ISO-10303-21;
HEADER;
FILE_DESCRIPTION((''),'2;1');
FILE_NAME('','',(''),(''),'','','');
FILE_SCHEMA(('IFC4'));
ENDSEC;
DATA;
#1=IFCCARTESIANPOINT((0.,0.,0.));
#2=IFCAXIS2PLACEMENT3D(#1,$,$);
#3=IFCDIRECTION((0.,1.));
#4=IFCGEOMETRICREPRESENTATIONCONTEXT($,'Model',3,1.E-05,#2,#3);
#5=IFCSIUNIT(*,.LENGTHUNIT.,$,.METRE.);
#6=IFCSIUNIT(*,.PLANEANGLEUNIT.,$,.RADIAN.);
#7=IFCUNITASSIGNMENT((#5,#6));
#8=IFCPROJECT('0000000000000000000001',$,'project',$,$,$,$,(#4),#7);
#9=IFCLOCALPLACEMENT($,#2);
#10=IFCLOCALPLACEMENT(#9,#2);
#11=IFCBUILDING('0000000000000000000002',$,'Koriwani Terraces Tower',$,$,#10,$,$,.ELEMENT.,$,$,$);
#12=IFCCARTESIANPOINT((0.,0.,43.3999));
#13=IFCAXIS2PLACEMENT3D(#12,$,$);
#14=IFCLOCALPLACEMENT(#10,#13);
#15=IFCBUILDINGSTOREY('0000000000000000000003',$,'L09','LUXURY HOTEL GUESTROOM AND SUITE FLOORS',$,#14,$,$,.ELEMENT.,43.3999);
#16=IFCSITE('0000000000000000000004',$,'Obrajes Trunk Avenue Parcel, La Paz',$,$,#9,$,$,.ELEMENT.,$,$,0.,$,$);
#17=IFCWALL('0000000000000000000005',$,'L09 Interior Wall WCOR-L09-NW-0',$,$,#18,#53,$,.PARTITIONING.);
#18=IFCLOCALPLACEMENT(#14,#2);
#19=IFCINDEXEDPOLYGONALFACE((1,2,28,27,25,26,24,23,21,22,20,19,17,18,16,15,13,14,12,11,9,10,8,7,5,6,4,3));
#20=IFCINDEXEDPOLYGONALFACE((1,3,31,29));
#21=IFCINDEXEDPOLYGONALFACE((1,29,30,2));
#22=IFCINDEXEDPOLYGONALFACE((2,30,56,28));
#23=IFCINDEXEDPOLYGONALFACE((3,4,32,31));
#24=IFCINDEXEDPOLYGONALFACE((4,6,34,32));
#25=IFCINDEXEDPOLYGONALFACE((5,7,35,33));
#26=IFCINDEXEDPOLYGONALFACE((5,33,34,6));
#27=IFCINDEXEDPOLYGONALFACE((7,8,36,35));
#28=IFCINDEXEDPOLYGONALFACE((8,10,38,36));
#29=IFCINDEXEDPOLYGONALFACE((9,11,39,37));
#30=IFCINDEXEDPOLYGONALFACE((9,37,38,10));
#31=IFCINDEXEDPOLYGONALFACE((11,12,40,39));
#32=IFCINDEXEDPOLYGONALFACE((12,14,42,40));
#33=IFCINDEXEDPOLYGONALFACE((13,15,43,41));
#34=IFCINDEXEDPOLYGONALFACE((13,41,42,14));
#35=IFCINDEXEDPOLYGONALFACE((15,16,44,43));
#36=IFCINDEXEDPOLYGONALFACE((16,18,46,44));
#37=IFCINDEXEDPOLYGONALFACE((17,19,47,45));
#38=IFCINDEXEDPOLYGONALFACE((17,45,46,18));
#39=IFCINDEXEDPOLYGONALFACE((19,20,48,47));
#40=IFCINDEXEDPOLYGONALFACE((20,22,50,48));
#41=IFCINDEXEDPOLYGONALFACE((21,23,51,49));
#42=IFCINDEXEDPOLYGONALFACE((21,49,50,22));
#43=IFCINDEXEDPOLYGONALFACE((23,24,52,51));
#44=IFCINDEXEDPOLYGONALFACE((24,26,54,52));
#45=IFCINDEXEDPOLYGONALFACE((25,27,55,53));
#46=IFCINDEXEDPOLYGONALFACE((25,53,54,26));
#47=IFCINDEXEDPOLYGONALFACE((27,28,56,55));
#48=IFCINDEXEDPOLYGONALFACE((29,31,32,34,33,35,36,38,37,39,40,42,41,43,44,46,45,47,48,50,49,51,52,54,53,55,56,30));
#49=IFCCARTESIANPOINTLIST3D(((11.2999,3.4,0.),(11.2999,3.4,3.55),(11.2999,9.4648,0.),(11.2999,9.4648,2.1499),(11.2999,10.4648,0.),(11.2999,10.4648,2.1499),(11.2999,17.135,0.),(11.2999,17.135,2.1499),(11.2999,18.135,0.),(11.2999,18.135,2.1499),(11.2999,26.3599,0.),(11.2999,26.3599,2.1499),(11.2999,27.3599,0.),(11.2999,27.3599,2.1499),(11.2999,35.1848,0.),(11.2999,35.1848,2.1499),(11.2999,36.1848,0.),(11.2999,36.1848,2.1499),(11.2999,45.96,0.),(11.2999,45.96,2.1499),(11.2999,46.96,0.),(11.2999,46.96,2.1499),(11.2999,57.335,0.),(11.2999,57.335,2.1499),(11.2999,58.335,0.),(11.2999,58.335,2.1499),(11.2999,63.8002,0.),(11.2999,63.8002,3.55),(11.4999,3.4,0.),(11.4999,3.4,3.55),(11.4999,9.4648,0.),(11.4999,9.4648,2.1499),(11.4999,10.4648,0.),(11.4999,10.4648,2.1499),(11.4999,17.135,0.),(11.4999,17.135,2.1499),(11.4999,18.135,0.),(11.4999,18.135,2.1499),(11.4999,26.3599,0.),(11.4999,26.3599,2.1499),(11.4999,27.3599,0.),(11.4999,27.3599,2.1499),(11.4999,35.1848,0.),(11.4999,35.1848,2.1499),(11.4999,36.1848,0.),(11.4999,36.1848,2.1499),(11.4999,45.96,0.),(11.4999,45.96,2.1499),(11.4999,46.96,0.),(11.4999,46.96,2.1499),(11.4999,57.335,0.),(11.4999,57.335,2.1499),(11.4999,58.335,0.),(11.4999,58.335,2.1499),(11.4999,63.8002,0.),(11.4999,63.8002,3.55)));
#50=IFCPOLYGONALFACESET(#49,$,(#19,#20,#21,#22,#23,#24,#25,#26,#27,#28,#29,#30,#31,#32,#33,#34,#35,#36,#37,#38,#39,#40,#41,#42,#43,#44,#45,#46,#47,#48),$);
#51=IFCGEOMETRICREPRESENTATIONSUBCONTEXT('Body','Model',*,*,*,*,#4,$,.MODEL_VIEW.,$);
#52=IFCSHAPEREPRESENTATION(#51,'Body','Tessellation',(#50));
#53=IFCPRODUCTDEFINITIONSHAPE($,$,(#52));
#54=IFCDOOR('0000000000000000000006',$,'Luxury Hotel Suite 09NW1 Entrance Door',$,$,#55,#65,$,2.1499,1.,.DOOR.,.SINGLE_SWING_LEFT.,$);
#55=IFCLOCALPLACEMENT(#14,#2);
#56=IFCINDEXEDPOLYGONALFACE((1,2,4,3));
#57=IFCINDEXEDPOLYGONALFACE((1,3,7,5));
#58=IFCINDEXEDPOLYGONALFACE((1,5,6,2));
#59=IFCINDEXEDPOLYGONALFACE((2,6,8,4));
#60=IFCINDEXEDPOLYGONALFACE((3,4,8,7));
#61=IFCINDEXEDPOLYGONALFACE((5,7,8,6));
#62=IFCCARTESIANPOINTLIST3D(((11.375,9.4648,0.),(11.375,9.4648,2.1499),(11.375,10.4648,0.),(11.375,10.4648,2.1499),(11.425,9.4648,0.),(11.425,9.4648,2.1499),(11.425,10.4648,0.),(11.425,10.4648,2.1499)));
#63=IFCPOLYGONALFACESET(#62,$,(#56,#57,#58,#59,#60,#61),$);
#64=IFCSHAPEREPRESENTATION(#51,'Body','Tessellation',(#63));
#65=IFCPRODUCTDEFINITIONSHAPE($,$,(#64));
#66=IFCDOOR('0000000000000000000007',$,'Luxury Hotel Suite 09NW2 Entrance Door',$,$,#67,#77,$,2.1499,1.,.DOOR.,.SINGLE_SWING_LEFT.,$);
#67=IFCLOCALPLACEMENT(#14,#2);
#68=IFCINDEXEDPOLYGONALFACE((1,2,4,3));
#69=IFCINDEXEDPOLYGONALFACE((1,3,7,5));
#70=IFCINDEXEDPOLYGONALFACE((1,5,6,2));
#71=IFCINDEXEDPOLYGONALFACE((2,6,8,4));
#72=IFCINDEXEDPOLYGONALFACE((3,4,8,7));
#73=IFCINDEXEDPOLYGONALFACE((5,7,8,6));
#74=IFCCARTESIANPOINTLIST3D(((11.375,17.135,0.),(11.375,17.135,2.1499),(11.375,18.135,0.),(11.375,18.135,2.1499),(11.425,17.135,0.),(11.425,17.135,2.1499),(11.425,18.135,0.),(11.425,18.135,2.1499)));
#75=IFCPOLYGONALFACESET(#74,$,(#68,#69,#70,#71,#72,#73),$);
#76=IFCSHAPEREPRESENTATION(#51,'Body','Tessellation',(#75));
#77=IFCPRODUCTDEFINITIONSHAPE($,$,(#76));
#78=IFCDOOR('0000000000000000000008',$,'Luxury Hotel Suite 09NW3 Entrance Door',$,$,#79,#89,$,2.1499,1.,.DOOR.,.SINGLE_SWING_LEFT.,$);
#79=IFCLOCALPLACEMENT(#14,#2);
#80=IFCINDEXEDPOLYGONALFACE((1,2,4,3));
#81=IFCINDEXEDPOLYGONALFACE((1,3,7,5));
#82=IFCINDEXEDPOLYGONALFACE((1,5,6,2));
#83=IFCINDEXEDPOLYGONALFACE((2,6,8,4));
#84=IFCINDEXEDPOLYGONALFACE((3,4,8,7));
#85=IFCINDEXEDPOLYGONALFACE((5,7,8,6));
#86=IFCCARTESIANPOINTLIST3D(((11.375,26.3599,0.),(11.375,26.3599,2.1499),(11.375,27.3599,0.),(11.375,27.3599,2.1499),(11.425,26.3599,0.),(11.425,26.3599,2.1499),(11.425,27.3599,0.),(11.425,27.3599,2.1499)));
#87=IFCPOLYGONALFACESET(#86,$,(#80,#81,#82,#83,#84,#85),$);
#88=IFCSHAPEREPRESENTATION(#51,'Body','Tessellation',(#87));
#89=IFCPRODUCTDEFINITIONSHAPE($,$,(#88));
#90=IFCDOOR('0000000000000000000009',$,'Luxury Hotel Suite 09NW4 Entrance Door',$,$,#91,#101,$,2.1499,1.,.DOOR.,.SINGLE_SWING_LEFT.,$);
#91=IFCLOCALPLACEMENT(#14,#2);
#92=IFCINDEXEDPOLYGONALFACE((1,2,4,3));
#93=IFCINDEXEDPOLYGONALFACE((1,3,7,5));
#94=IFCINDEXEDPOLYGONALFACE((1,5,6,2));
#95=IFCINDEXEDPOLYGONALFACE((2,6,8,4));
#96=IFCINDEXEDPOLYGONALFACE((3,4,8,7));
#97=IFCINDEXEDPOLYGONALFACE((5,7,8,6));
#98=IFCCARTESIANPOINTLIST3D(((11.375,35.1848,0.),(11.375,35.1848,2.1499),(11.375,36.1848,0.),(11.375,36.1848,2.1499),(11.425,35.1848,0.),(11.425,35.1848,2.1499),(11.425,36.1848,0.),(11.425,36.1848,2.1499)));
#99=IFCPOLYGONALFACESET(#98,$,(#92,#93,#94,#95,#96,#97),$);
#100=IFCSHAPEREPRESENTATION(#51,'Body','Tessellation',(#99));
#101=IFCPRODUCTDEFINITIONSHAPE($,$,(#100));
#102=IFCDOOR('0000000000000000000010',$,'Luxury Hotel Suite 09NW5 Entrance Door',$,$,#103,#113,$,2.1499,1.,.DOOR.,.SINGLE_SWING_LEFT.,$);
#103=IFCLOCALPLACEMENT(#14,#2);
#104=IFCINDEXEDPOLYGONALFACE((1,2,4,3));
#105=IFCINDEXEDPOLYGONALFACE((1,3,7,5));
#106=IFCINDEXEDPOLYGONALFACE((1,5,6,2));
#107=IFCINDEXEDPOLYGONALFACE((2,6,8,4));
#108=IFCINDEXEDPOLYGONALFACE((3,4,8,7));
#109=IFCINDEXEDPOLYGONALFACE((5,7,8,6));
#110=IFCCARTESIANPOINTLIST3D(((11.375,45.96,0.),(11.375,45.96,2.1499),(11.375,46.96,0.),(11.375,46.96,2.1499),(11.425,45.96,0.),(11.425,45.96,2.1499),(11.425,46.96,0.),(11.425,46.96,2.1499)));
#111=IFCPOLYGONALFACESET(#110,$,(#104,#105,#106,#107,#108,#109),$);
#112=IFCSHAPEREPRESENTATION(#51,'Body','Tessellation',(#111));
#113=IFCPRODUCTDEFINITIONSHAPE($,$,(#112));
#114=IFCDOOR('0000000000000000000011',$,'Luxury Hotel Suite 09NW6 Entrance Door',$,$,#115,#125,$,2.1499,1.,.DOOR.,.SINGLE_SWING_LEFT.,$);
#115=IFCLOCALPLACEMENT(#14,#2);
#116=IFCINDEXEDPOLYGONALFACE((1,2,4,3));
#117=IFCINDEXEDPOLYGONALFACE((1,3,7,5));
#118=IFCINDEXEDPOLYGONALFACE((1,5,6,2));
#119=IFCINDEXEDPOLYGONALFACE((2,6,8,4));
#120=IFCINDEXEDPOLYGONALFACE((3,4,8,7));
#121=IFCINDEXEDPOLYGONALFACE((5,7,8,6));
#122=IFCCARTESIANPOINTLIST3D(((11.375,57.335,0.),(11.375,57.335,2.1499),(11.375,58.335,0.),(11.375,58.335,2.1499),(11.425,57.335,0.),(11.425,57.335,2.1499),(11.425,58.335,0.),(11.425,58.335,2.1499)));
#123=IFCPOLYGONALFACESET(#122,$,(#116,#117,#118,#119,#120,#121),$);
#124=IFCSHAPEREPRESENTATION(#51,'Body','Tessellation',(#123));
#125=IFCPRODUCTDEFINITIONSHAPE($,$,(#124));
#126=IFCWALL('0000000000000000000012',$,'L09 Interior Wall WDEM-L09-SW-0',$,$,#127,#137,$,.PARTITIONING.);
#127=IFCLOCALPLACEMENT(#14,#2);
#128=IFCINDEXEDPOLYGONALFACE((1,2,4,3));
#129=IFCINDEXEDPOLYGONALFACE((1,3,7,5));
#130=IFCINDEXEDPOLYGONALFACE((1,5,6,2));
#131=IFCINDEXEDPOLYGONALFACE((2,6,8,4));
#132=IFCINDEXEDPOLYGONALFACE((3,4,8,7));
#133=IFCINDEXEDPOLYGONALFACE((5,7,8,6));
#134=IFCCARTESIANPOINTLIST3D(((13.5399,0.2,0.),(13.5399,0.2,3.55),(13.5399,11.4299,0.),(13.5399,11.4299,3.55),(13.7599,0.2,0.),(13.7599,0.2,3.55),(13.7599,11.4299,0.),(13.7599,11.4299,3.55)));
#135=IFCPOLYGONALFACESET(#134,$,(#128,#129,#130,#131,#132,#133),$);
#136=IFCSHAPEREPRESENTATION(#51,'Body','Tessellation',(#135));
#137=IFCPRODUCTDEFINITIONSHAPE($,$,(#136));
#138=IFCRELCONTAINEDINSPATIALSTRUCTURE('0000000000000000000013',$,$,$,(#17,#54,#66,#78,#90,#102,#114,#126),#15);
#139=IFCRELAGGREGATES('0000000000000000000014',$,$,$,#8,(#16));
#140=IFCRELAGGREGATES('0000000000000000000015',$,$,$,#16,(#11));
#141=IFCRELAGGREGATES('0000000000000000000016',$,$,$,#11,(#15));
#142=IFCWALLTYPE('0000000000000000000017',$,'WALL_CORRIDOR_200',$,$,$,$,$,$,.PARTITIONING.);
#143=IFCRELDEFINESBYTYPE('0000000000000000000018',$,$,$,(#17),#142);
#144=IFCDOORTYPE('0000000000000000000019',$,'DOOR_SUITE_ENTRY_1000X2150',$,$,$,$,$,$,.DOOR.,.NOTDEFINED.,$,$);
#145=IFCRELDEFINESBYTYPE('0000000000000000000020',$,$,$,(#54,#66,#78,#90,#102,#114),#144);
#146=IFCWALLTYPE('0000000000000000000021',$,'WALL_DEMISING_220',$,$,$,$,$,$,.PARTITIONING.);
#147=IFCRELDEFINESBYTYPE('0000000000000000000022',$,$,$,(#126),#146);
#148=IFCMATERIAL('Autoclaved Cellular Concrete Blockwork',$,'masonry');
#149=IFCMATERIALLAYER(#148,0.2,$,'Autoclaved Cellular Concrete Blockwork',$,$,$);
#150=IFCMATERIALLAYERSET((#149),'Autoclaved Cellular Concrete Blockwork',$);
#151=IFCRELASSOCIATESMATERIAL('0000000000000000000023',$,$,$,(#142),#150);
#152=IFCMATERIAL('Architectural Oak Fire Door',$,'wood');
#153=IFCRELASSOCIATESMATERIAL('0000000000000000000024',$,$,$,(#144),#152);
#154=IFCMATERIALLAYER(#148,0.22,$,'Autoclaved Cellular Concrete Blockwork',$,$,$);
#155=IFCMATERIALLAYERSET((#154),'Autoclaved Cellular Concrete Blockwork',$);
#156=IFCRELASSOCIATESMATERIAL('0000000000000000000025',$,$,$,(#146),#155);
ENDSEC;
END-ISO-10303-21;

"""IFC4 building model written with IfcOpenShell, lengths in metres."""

from ifc_helpers import new_model, si_unit, direction, frame, frame_2d, origin, place, context, subcontext, project, spatial, rectangle, extrude, material, layer, layer_set, type_object, element, fill, save


model = new_model("IFC4")

# Units and contexts
model_context = context("Model", 3, precision=1e-05, world=origin(), true_north=direction((0.0, 1.0)))
body_context = subcontext(model_context, "Body", "Model", "MODEL_VIEW")
ifc_project = project(units=[si_unit("LENGTHUNIT", "METRE"), si_unit("PLANEANGLEUNIT", "RADIAN")], contexts=[model_context])

# Site, building, storey
site_placement = place(None, origin())
site = spatial("IfcSite", under=ifc_project, at=site_placement, Name="Obrajes Trunk Avenue Parcel, La Paz", CompositionType="ELEMENT", RefElevation=0.0)
building_placement = place(site_placement, origin())
building = spatial("IfcBuilding", under=site, at=building_placement, Name="Koriwani Terraces Tower", CompositionType="ELEMENT")
storey_placement = place(building_placement, frame((0.0, 0.0, 43.3999)))
storey = spatial("IfcBuildingStorey", under=building, at=storey_placement, Name="L09", Description="LUXURY HOTEL GUESTROOM AND SUITE FLOORS", CompositionType="ELEMENT", Elevation=43.3999)

# Wall, openings, doors
ifc_material_1 = material(Name="Autoclaved Cellular Concrete Blockwork", Category="masonry")
ifc_layer_1 = layer(ifc_material_1, 0.2, Name="Autoclaved Cellular Concrete Blockwork")
ifc_layer_set_1 = layer_set([ifc_layer_1], Name="Autoclaved Cellular Concrete Blockwork")
wall_type_1 = type_object("IfcWallType", Name="WALL_CORRIDOR_200", PredefinedType="PARTITIONING", material=ifc_layer_set_1)
wall_1_placement = place(storey_placement, frame((11.3999, 3.3999, 0.0), z_axis=(0.0, 0.0, 1.0), x_axis=(0.0, 1.0, 0.0)))
wall_1 = element("IfcWall", 1, at=wall_1_placement, inside=storey, type_object=wall_type_1, Name="L09 Interior Wall WCOR-L09-NW-0", PredefinedType="PARTITIONING", context=body_context, shape_type="SweptSolid", body=[
    extrude(rectangle(XDim=60.4001, YDim=0.2, at=frame_2d((30.2002, 0.0))), origin(), (0.0, 0.0, 1.0), 3.55),
])
opening_1_placement = place(wall_1_placement, frame((6.0649, 0.0, 0.0)))
opening_1 = element("IfcOpeningElement", 2, at=opening_1_placement, cuts=wall_1, PredefinedType="OPENING", context=body_context, shape_type="SweptSolid", body=[
    extrude(rectangle(XDim=1.0, YDim=2.1499, at=frame_2d((0.5, 1.075))), frame((0.0, 0.1099, 0.0), z_axis=(0.0, -1.0, 0.0), x_axis=(1.0, 0.0, 0.0)), (0.0, 0.0, 1.0), 0.22),
])
opening_2_placement = place(wall_1_placement, frame((13.7351, 0.0, 0.0)))
opening_2 = element("IfcOpeningElement", 3, at=opening_2_placement, cuts=wall_1, PredefinedType="OPENING", context=body_context, shape_type="SweptSolid", body=[
    extrude(rectangle(XDim=1.0, YDim=2.1499, at=frame_2d((0.5, 1.075))), frame((0.0, 0.1099, 0.0), z_axis=(0.0, -1.0, 0.0), x_axis=(1.0, 0.0, 0.0)), (0.0, 0.0, 1.0), 0.22),
])
opening_3_placement = place(wall_1_placement, frame((22.96, 0.0, 0.0)))
opening_3 = element("IfcOpeningElement", 4, at=opening_3_placement, cuts=wall_1, PredefinedType="OPENING", context=body_context, shape_type="SweptSolid", body=[
    extrude(rectangle(XDim=1.0, YDim=2.1499, at=frame_2d((0.5, 1.075))), frame((0.0, 0.1099, 0.0), z_axis=(0.0, -1.0, 0.0), x_axis=(1.0, 0.0, 0.0)), (0.0, 0.0, 1.0), 0.22),
])
opening_4_placement = place(wall_1_placement, frame((31.7849, 0.0, 0.0)))
opening_4 = element("IfcOpeningElement", 5, at=opening_4_placement, cuts=wall_1, PredefinedType="OPENING", context=body_context, shape_type="SweptSolid", body=[
    extrude(rectangle(XDim=1.0, YDim=2.1499, at=frame_2d((0.5, 1.075))), frame((0.0, 0.1099, 0.0), z_axis=(0.0, -1.0, 0.0), x_axis=(1.0, 0.0, 0.0)), (0.0, 0.0, 1.0), 0.22),
])
opening_5_placement = place(wall_1_placement, frame((42.5601, 0.0, 0.0)))
opening_5 = element("IfcOpeningElement", 6, at=opening_5_placement, cuts=wall_1, PredefinedType="OPENING", context=body_context, shape_type="SweptSolid", body=[
    extrude(rectangle(XDim=1.0, YDim=2.1499, at=frame_2d((0.5, 1.075))), frame((0.0, 0.1099, 0.0), z_axis=(0.0, -1.0, 0.0), x_axis=(1.0, 0.0, 0.0)), (0.0, 0.0, 1.0), 0.22),
])
opening_6_placement = place(wall_1_placement, frame((53.9351, 0.0, 0.0)))
opening_6 = element("IfcOpeningElement", 7, at=opening_6_placement, cuts=wall_1, PredefinedType="OPENING", context=body_context, shape_type="SweptSolid", body=[
    extrude(rectangle(XDim=1.0, YDim=2.1499, at=frame_2d((0.5, 1.075))), frame((0.0, 0.1099, 0.0), z_axis=(0.0, -1.0, 0.0), x_axis=(1.0, 0.0, 0.0)), (0.0, 0.0, 1.0), 0.22),
])
ifc_material_2 = material(Name="Architectural Oak Fire Door", Category="wood")
door_type_1 = type_object("IfcDoorType", Name="DOOR_SUITE_ENTRY_1000X2150", OperationType="NOTDEFINED", PredefinedType="DOOR", material=ifc_material_2)
door_1_placement = place(opening_1_placement, origin())
door_1 = element("IfcDoor", 8, at=door_1_placement, inside=storey, type_object=door_type_1, Name="Luxury Hotel Suite 09NW1 Entrance Door", OperationType="SINGLE_SWING_LEFT", OverallHeight=2.1499, OverallWidth=1.0, PredefinedType="DOOR", context=body_context, shape_type="SweptSolid", body=[
    extrude(rectangle(XDim=1.0, YDim=2.1499, at=frame_2d((0.5, 1.075))), frame((0.0, 0.0249, 0.0), z_axis=(0.0, -1.0, 0.0), x_axis=(1.0, 0.0, 0.0)), (0.0, 0.0, 1.0), 0.05),
])
fill(opening_1, door_1)
door_2_placement = place(opening_2_placement, origin())
door_2 = element("IfcDoor", 9, at=door_2_placement, inside=storey, type_object=door_type_1, Name="Luxury Hotel Suite 09NW2 Entrance Door", OperationType="SINGLE_SWING_LEFT", OverallHeight=2.1499, OverallWidth=1.0, PredefinedType="DOOR", context=body_context, shape_type="SweptSolid", body=[
    extrude(rectangle(XDim=1.0, YDim=2.1499, at=frame_2d((0.5, 1.075))), frame((0.0, 0.0249, 0.0), z_axis=(0.0, -1.0, 0.0), x_axis=(1.0, 0.0, 0.0)), (0.0, 0.0, 1.0), 0.05),
])
fill(opening_2, door_2)
door_3_placement = place(opening_3_placement, origin())
door_3 = element("IfcDoor", 10, at=door_3_placement, inside=storey, type_object=door_type_1, Name="Luxury Hotel Suite 09NW3 Entrance Door", OperationType="SINGLE_SWING_LEFT", OverallHeight=2.1499, OverallWidth=1.0, PredefinedType="DOOR", context=body_context, shape_type="SweptSolid", body=[
    extrude(rectangle(XDim=1.0, YDim=2.1499, at=frame_2d((0.5, 1.075))), frame((0.0, 0.0249, 0.0), z_axis=(0.0, -1.0, 0.0), x_axis=(1.0, 0.0, 0.0)), (0.0, 0.0, 1.0), 0.05),
])
fill(opening_3, door_3)
door_4_placement = place(opening_4_placement, origin())
door_4 = element("IfcDoor", 11, at=door_4_placement, inside=storey, type_object=door_type_1, Name="Luxury Hotel Suite 09NW4 Entrance Door", OperationType="SINGLE_SWING_LEFT", OverallHeight=2.1499, OverallWidth=1.0, PredefinedType="DOOR", context=body_context, shape_type="SweptSolid", body=[
    extrude(rectangle(XDim=1.0, YDim=2.1499, at=frame_2d((0.5, 1.075))), frame((0.0, 0.0249, 0.0), z_axis=(0.0, -1.0, 0.0), x_axis=(1.0, 0.0, 0.0)), (0.0, 0.0, 1.0), 0.05),
])
fill(opening_4, door_4)
door_5_placement = place(opening_5_placement, origin())
door_5 = element("IfcDoor", 12, at=door_5_placement, inside=storey, type_object=door_type_1, Name="Luxury Hotel Suite 09NW5 Entrance Door", OperationType="SINGLE_SWING_LEFT", OverallHeight=2.1499, OverallWidth=1.0, PredefinedType="DOOR", context=body_context, shape_type="SweptSolid", body=[
    extrude(rectangle(XDim=1.0, YDim=2.1499, at=frame_2d((0.5, 1.075))), frame((0.0, 0.0249, 0.0), z_axis=(0.0, -1.0, 0.0), x_axis=(1.0, 0.0, 0.0)), (0.0, 0.0, 1.0), 0.05),
])
fill(opening_5, door_5)
door_6_placement = place(opening_6_placement, origin())
door_6 = element("IfcDoor", 13, at=door_6_placement, inside=storey, type_object=door_type_1, Name="Luxury Hotel Suite 09NW6 Entrance Door", OperationType="SINGLE_SWING_LEFT", OverallHeight=2.1499, OverallWidth=1.0, PredefinedType="DOOR", context=body_context, shape_type="SweptSolid", body=[
    extrude(rectangle(XDim=1.0, YDim=2.1499, at=frame_2d((0.5, 1.075))), frame((0.0, 0.0249, 0.0), z_axis=(0.0, -1.0, 0.0), x_axis=(1.0, 0.0, 0.0)), (0.0, 0.0, 1.0), 0.05),
])
fill(opening_6, door_6)

# Wall
ifc_layer_2 = layer(ifc_material_1, 0.22, Name="Autoclaved Cellular Concrete Blockwork")
ifc_layer_set_2 = layer_set([ifc_layer_2], Name="Autoclaved Cellular Concrete Blockwork")
wall_type_2 = type_object("IfcWallType", Name="WALL_DEMISING_220", PredefinedType="PARTITIONING", material=ifc_layer_set_2)
wall_2_placement = place(storey_placement, frame((13.6499, 0.2, 0.0), z_axis=(0.0, 0.0, 1.0), x_axis=(0.0, 1.0, 0.0)))
element("IfcWall", 14, at=wall_2_placement, inside=storey, type_object=wall_type_2, Name="L09 Interior Wall WDEM-L09-SW-0", PredefinedType="PARTITIONING", context=body_context, shape_type="SweptSolid", body=[
    extrude(rectangle(XDim=11.23, YDim=0.22, at=frame_2d((5.615, 0.0))), origin(), (0.0, 0.0, 1.0), 3.55),
])

save(model, "model.ifc")
